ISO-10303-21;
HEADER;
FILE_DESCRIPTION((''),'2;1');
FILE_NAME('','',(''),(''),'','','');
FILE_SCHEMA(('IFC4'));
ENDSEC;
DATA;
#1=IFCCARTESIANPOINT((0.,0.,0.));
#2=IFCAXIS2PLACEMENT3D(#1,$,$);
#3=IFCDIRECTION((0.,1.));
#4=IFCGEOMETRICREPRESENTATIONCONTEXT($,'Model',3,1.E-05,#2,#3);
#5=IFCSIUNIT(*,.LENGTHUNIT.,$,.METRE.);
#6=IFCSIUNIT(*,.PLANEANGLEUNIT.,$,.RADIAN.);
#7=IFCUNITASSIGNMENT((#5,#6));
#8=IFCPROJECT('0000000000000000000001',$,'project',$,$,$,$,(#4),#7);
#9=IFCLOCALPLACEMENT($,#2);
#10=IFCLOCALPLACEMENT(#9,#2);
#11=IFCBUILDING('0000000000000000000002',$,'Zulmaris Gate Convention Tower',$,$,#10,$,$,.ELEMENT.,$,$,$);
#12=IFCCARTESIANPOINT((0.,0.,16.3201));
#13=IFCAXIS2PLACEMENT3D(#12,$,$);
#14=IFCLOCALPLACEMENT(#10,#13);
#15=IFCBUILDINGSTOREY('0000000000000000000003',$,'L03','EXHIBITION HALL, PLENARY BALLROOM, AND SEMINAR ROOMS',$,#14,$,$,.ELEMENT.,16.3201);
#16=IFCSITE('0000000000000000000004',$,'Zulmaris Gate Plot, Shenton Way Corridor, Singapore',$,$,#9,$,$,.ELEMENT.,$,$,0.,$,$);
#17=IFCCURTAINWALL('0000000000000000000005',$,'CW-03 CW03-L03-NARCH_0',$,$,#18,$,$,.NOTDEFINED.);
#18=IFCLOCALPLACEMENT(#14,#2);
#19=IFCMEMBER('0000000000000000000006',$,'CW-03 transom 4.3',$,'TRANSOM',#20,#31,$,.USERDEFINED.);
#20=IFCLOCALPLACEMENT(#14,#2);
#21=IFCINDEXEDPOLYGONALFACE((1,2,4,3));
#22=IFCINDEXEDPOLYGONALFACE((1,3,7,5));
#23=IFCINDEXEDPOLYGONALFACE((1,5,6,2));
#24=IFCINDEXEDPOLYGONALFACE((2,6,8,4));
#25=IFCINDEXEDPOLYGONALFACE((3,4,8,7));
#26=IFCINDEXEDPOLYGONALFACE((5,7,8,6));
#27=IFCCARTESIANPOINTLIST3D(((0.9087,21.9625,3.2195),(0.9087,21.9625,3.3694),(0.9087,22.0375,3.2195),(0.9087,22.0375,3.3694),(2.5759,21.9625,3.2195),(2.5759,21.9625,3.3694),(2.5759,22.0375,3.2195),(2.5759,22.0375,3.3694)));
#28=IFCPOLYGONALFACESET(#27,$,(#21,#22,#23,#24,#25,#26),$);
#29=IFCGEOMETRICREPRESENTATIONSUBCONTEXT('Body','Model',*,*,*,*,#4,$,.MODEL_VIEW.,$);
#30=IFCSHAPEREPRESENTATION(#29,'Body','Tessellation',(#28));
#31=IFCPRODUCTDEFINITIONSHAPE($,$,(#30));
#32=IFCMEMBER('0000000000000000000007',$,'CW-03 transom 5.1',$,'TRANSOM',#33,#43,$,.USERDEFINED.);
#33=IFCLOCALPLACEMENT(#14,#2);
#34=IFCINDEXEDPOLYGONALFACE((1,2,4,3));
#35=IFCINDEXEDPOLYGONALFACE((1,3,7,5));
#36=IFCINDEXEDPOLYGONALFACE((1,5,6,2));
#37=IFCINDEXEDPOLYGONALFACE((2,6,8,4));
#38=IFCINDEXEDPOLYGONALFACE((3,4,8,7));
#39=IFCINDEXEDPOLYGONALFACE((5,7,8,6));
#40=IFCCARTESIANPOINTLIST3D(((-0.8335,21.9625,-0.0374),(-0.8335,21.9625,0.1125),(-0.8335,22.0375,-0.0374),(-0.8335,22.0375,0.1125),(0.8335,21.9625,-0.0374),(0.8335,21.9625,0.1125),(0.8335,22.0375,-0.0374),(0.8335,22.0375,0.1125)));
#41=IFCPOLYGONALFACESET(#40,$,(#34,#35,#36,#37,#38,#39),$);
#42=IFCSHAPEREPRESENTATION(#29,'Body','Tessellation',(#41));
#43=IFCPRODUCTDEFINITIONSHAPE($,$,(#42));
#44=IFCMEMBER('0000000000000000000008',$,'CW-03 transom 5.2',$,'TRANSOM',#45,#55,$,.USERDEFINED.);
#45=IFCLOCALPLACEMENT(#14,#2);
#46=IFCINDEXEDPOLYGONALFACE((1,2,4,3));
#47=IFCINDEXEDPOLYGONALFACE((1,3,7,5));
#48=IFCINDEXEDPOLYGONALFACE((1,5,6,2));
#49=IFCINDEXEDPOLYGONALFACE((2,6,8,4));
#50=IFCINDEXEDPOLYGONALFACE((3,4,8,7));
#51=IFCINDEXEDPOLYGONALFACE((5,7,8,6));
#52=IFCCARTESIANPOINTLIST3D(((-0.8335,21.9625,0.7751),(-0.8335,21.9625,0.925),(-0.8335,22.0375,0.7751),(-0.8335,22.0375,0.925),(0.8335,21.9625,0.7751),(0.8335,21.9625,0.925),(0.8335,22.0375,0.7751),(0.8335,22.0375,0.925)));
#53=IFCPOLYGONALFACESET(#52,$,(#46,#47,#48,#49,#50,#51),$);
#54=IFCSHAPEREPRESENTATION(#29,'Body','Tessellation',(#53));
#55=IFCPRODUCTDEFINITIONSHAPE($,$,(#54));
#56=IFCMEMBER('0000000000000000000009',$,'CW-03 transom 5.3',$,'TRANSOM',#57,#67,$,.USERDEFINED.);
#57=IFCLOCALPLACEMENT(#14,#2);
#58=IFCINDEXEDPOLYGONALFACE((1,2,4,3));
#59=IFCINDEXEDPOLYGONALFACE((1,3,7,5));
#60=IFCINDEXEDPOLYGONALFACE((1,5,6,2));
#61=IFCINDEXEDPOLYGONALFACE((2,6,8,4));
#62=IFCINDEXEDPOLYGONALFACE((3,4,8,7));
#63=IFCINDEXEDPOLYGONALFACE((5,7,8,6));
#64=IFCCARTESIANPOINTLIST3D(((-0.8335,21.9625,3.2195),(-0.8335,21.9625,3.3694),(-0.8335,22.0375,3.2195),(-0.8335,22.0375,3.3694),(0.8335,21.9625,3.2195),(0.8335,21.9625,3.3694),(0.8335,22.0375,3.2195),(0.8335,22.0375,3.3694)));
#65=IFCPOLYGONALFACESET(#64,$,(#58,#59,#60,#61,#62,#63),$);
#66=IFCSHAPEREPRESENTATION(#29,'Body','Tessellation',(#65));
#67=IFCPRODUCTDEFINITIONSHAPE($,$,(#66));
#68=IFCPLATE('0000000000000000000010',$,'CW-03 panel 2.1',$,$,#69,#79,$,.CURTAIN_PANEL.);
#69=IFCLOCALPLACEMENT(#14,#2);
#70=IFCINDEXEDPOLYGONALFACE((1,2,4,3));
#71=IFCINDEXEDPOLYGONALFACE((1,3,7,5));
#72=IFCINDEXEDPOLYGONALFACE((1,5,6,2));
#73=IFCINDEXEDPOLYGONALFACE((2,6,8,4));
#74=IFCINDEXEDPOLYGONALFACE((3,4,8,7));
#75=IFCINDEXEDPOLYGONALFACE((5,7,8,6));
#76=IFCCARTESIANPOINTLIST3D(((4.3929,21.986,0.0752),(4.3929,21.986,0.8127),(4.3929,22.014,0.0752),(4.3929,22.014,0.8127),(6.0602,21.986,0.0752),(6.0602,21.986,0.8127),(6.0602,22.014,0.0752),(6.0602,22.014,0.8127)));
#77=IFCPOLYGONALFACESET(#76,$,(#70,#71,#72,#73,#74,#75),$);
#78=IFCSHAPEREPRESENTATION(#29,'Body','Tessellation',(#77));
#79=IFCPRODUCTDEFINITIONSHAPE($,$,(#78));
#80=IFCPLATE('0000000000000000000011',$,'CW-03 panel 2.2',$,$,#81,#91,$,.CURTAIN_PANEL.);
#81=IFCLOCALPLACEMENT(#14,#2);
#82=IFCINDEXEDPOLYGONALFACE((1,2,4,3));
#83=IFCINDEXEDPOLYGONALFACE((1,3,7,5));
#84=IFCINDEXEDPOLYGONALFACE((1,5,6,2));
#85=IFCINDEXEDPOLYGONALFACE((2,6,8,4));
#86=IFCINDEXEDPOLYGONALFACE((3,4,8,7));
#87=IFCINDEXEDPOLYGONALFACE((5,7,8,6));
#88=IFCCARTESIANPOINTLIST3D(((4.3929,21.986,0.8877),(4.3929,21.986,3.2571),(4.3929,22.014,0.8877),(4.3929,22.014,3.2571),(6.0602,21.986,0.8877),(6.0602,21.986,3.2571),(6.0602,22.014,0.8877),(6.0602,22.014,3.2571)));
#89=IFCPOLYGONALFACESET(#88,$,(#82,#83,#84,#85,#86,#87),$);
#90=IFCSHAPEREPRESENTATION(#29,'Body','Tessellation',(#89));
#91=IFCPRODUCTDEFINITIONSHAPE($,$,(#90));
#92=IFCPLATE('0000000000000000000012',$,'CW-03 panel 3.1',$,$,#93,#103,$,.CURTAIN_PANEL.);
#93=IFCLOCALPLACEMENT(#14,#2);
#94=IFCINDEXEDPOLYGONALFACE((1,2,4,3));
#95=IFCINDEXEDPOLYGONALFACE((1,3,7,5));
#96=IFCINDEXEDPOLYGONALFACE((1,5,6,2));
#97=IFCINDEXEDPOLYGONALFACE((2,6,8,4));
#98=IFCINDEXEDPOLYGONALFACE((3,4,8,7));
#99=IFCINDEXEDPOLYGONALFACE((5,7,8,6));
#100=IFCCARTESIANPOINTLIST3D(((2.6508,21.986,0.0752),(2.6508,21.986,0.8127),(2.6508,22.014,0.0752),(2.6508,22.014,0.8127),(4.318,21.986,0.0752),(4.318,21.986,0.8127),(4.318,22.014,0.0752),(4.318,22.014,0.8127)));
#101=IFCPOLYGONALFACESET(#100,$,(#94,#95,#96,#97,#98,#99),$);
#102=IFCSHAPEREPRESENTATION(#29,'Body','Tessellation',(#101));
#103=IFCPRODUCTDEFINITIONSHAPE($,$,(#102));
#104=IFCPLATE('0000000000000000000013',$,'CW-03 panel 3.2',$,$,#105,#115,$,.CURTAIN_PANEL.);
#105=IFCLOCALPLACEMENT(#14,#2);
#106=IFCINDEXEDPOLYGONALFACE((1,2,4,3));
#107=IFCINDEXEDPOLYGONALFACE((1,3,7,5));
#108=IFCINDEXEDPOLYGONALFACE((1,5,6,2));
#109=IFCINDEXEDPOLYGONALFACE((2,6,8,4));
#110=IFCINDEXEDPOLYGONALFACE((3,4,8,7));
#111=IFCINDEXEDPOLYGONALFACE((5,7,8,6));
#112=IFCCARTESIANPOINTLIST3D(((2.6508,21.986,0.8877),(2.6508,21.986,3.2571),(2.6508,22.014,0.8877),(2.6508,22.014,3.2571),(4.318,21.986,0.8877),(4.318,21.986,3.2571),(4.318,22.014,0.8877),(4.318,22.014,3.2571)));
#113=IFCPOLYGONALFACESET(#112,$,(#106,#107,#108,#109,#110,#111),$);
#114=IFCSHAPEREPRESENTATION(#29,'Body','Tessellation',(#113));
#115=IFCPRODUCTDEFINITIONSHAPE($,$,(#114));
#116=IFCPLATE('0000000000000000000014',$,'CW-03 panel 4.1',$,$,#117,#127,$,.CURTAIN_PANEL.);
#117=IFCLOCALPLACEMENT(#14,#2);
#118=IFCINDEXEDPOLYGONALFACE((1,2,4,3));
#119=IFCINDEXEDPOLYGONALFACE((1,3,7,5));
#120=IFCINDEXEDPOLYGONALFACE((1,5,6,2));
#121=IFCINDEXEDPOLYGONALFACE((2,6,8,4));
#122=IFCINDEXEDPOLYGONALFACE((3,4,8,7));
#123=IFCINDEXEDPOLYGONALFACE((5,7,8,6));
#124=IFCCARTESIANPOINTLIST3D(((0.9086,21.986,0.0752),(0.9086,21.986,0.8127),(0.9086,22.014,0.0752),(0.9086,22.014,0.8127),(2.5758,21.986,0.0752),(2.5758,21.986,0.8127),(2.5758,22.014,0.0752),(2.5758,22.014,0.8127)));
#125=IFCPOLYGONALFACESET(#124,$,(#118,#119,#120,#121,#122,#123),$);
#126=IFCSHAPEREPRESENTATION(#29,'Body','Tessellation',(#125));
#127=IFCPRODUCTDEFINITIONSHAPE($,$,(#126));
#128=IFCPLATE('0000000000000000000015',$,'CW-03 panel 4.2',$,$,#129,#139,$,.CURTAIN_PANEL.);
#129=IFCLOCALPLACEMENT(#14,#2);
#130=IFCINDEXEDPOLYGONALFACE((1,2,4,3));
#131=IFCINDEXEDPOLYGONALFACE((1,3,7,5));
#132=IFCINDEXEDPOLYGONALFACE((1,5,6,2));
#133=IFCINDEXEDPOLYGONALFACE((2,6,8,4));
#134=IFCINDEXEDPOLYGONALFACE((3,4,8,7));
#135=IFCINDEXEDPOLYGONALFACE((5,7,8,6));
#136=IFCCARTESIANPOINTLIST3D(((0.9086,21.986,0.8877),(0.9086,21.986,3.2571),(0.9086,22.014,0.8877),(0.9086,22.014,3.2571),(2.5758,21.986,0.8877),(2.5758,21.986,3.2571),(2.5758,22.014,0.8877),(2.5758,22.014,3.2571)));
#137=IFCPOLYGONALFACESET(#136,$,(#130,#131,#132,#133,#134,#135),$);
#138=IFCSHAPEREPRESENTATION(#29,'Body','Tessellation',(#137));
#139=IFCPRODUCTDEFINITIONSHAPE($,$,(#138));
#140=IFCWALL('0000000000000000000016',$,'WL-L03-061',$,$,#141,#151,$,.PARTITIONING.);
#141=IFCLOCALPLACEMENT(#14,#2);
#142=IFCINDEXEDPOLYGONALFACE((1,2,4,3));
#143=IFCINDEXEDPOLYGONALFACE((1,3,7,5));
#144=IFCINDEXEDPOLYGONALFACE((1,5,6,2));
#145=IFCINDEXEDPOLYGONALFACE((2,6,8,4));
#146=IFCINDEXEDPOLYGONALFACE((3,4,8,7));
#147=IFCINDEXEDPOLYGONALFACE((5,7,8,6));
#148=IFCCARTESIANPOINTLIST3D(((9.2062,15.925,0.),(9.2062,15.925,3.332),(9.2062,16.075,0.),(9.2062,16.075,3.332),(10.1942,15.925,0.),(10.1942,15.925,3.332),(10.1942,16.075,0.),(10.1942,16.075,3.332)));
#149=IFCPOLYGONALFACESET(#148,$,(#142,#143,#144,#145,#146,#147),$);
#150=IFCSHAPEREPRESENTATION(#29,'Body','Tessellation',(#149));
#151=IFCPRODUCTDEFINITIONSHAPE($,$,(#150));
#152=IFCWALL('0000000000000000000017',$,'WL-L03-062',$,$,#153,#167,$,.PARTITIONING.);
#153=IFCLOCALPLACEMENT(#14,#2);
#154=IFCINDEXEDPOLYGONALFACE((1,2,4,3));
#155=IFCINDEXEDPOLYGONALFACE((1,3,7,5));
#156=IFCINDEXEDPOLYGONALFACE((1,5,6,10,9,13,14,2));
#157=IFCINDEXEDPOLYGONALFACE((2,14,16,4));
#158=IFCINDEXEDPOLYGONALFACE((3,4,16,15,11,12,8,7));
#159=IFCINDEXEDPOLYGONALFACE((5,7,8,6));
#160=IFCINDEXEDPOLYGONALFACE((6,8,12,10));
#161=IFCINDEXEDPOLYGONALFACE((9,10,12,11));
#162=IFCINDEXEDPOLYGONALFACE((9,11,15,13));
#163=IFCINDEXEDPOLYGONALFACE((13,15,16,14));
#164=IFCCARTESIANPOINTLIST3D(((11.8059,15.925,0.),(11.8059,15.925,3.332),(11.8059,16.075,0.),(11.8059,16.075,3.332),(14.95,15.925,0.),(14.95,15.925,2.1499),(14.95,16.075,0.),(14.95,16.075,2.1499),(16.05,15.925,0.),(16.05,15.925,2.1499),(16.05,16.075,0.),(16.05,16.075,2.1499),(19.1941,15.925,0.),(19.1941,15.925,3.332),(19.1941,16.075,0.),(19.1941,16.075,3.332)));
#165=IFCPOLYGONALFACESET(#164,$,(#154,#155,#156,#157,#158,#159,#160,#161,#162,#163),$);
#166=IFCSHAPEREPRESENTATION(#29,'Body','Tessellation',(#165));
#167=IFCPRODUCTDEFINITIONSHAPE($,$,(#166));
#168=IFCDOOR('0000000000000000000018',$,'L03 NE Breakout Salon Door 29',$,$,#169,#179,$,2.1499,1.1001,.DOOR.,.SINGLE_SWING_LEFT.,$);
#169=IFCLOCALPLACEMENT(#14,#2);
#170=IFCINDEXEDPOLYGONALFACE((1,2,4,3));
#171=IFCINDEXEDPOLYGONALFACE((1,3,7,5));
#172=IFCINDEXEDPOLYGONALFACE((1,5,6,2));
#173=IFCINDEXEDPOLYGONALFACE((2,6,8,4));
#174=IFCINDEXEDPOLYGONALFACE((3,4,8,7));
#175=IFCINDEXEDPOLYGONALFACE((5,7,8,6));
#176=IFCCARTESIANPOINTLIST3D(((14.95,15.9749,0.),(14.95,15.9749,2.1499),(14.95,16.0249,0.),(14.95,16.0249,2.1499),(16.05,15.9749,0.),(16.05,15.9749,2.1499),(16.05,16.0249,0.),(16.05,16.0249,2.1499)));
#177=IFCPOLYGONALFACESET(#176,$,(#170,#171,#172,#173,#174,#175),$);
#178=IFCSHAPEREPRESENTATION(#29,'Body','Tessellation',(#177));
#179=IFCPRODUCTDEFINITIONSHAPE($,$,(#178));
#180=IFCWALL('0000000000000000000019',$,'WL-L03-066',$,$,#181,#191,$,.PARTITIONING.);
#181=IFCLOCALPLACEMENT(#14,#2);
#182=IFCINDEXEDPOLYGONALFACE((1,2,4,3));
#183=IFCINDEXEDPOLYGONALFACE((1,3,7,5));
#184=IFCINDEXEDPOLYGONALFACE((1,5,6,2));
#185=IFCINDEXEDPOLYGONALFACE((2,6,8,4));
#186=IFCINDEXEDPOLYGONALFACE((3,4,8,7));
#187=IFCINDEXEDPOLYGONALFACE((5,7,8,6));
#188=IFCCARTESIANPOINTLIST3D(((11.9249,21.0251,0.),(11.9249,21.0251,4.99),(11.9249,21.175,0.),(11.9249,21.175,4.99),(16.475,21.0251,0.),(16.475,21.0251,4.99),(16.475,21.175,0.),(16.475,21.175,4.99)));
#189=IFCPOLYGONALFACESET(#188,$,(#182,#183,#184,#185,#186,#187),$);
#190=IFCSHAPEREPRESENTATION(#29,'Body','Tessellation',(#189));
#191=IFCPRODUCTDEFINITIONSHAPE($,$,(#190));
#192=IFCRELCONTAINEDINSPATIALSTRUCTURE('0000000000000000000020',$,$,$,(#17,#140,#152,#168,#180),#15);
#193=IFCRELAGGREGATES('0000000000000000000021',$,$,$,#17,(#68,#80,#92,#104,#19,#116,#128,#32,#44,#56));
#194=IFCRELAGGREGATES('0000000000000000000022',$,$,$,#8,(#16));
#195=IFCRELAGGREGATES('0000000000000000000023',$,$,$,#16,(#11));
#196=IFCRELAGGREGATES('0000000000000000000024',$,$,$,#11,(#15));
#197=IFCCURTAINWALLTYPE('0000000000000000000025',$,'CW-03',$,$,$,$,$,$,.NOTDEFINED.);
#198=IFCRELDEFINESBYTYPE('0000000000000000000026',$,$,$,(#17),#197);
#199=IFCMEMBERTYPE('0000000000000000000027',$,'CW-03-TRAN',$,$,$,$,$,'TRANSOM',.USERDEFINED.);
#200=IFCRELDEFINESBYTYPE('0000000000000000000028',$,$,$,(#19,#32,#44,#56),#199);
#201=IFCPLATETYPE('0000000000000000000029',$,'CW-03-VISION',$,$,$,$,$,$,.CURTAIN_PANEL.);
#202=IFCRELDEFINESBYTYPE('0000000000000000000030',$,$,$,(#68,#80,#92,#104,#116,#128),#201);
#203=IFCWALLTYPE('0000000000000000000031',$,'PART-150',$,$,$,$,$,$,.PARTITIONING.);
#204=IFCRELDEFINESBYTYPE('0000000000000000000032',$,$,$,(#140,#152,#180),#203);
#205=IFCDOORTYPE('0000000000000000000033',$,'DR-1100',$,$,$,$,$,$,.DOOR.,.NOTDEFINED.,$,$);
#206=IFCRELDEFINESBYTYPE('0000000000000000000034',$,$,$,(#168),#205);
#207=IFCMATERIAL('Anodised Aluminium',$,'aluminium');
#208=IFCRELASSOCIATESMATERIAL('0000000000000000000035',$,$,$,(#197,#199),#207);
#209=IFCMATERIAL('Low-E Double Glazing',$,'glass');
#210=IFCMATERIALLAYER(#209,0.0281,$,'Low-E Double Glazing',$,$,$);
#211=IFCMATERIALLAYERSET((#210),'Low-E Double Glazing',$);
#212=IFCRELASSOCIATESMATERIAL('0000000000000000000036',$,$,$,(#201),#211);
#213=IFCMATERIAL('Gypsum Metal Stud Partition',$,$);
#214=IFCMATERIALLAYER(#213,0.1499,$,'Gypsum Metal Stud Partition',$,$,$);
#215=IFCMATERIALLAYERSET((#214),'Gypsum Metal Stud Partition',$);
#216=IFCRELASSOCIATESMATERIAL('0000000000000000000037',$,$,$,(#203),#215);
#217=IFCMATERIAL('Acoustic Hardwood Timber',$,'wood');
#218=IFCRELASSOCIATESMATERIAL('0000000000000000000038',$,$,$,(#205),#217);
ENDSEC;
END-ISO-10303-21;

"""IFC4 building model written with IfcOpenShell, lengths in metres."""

from ifc_helpers import new_model, si_unit, direction, frame, frame_2d, origin, origin_2d, place, context, subcontext, project, spatial, rectangle, extrude, material, layer, layer_set, material_profile, profile_set, type_object, element, fill, aggregate, save


model = new_model("IFC4")

# Units and contexts
model_context = context("Model", 3, precision=1e-05, world=origin(), true_north=direction((0.0, 1.0)))
body_context = subcontext(model_context, "Body", "Model", "MODEL_VIEW")
ifc_project = project(units=[si_unit("LENGTHUNIT", "METRE"), si_unit("PLANEANGLEUNIT", "RADIAN")], contexts=[model_context])

# Site, building, storey
site_placement = place(None, origin())
site = spatial("IfcSite", under=ifc_project, at=site_placement, Name="Zulmaris Gate Plot, Shenton Way Corridor, Singapore", CompositionType="ELEMENT", RefElevation=0.0)
building_placement = place(site_placement, origin())
building = spatial("IfcBuilding", under=site, at=building_placement, Name="Zulmaris Gate Convention Tower", CompositionType="ELEMENT")
storey_placement = place(building_placement, frame((0.0, 0.0, 16.3201)))
storey = spatial("IfcBuildingStorey", under=building, at=storey_placement, Name="L03", Description="EXHIBITION HALL, PLENARY BALLROOM, AND SEMINAR ROOMS", CompositionType="ELEMENT", Elevation=16.3201)

# Curtain wall, members, plates
ifc_material_1 = material(Name="Anodised Aluminium", Category="aluminium")
curtain_wall_type = type_object("IfcCurtainWallType", Name="CW-03", PredefinedType="NOTDEFINED", material=ifc_material_1)
curtain_wall_placement = place(storey_placement, origin())
curtain_wall = element("IfcCurtainWall", 1, at=curtain_wall_placement, inside=storey, type_object=curtain_wall_type, Name="CW-03 CW03-L03-NARCH_0", PredefinedType="NOTDEFINED")
ifc_material_profile_1 = material_profile(ifc_material_1, rectangle(XDim=0.075, YDim=0.1499, at=origin_2d()), Name="ALU TRANSOM 75x150")
ifc_profile_set_1 = profile_set([ifc_material_profile_1], Name="Anodised Aluminium")
member_type_1 = type_object("IfcMemberType", Name="CW-03-TRAN", ElementType="TRANSOM", PredefinedType="USERDEFINED", material=ifc_profile_set_1)
member_1_placement = place(storey_placement, frame((2.5759, 22.0, 3.2944), z_axis=(-1.0, 0.0, 0.0), x_axis=(0.0, -1.0, 0.0)))
member_1 = element("IfcMember", 2, at=member_1_placement, type_object=member_type_1, Name="CW-03 transom 4.3", ObjectType="TRANSOM", PredefinedType="USERDEFINED", context=body_context, shape_type="SweptSolid", body=[
    extrude(rectangle(XDim=0.075, YDim=0.1499, at=origin_2d()), origin(), (0.0, 0.0, 1.0), 1.6672),
])
member_2_placement = place(storey_placement, frame((0.8335, 22.0, 0.0376), z_axis=(-1.0, 0.0, 0.0), x_axis=(0.0, -1.0, 0.0)))
member_2 = element("IfcMember", 3, at=member_2_placement, type_object=member_type_1, Name="CW-03 transom 5.1", ObjectType="TRANSOM", PredefinedType="USERDEFINED", context=body_context, shape_type="SweptSolid", body=[
    extrude(rectangle(XDim=0.075, YDim=0.1499, at=origin_2d()), origin(), (0.0, 0.0, 1.0), 1.667),
])
member_3_placement = place(storey_placement, frame((0.8335, 22.0, 0.8501), z_axis=(-1.0, 0.0, 0.0), x_axis=(0.0, -1.0, 0.0)))
member_3 = element("IfcMember", 4, at=member_3_placement, type_object=member_type_1, Name="CW-03 transom 5.2", ObjectType="TRANSOM", PredefinedType="USERDEFINED", context=body_context, shape_type="SweptSolid", body=[
    extrude(rectangle(XDim=0.075, YDim=0.1499, at=origin_2d()), origin(), (0.0, 0.0, 1.0), 1.667),
])
member_4_placement = place(storey_placement, frame((0.8335, 22.0, 3.2944), z_axis=(-1.0, 0.0, 0.0), x_axis=(0.0, -1.0, 0.0)))
member_4 = element("IfcMember", 5, at=member_4_placement, type_object=member_type_1, Name="CW-03 transom 5.3", ObjectType="TRANSOM", PredefinedType="USERDEFINED", context=body_context, shape_type="SweptSolid", body=[
    extrude(rectangle(XDim=0.075, YDim=0.1499, at=origin_2d()), origin(), (0.0, 0.0, 1.0), 1.667),
])
ifc_material_2 = material(Name="Low-E Double Glazing", Category="glass")
ifc_layer_1 = layer(ifc_material_2, 0.0281, Name="Low-E Double Glazing")
ifc_layer_set_1 = layer_set([ifc_layer_1], Name="Low-E Double Glazing")
plate_type = type_object("IfcPlateType", Name="CW-03-VISION", PredefinedType="CURTAIN_PANEL", material=ifc_layer_set_1)
plate_1_placement = place(storey_placement, frame((5.2266, 22.0, 0.0752), z_axis=(0.0, 0.0, 1.0), x_axis=(-1.0, 0.0, 0.0)))
plate_1 = element("IfcPlate", 6, at=plate_1_placement, type_object=plate_type, Name="CW-03 panel 2.1", PredefinedType="CURTAIN_PANEL", context=body_context, shape_type="SweptSolid", body=[
    extrude(rectangle(XDim=1.6672, YDim=0.0281, at=origin_2d()), origin(), (0.0, 0.0, 1.0), 0.7375),
])
plate_2_placement = place(storey_placement, frame((5.2266, 22.0, 0.8877), z_axis=(0.0, 0.0, 1.0), x_axis=(-1.0, 0.0, 0.0)))
plate_2 = element("IfcPlate", 7, at=plate_2_placement, type_object=plate_type, Name="CW-03 panel 2.2", PredefinedType="CURTAIN_PANEL", context=body_context, shape_type="SweptSolid", body=[
    extrude(rectangle(XDim=1.6672, YDim=0.0281, at=origin_2d()), origin(), (0.0, 0.0, 1.0), 2.3694),
])
plate_3_placement = place(storey_placement, frame((3.4844, 22.0, 0.0752), z_axis=(0.0, 0.0, 1.0), x_axis=(-1.0, 0.0, 0.0)))
plate_3 = element("IfcPlate", 8, at=plate_3_placement, type_object=plate_type, Name="CW-03 panel 3.1", PredefinedType="CURTAIN_PANEL", context=body_context, shape_type="SweptSolid", body=[
    extrude(rectangle(XDim=1.6672, YDim=0.0281, at=origin_2d()), origin(), (0.0, 0.0, 1.0), 0.7375),
])
plate_4_placement = place(storey_placement, frame((3.4844, 22.0, 0.8877), z_axis=(0.0, 0.0, 1.0), x_axis=(-1.0, 0.0, 0.0)))
plate_4 = element("IfcPlate", 9, at=plate_4_placement, type_object=plate_type, Name="CW-03 panel 3.2", PredefinedType="CURTAIN_PANEL", context=body_context, shape_type="SweptSolid", body=[
    extrude(rectangle(XDim=1.6672, YDim=0.0281, at=origin_2d()), origin(), (0.0, 0.0, 1.0), 2.3694),
])
plate_5_placement = place(storey_placement, frame((1.7422, 22.0, 0.0752), z_axis=(0.0, 0.0, 1.0), x_axis=(-1.0, 0.0, 0.0)))
plate_5 = element("IfcPlate", 10, at=plate_5_placement, type_object=plate_type, Name="CW-03 panel 4.1", PredefinedType="CURTAIN_PANEL", context=body_context, shape_type="SweptSolid", body=[
    extrude(rectangle(XDim=1.6672, YDim=0.0281, at=origin_2d()), origin(), (0.0, 0.0, 1.0), 0.7375),
])
plate_6_placement = place(storey_placement, frame((1.7422, 22.0, 0.8877), z_axis=(0.0, 0.0, 1.0), x_axis=(-1.0, 0.0, 0.0)))
plate_6 = element("IfcPlate", 11, at=plate_6_placement, type_object=plate_type, Name="CW-03 panel 4.2", PredefinedType="CURTAIN_PANEL", context=body_context, shape_type="SweptSolid", body=[
    extrude(rectangle(XDim=1.6672, YDim=0.0281, at=origin_2d()), origin(), (0.0, 0.0, 1.0), 2.3694),
])
aggregate(curtain_wall, [plate_1, plate_2, plate_3, plate_4, member_1, plate_5, plate_6, member_2, member_3, member_4])

# Wall
ifc_material_3 = material(Name="Gypsum Metal Stud Partition")
ifc_layer_2 = layer(ifc_material_3, 0.1499, Name="Gypsum Metal Stud Partition")
ifc_layer_set_2 = layer_set([ifc_layer_2], Name="Gypsum Metal Stud Partition")
wall_type = type_object("IfcWallType", Name="PART-150", PredefinedType="PARTITIONING", material=ifc_layer_set_2)
wall_1_placement = place(storey_placement, frame((9.2061, 16.0, 0.0), z_axis=(0.0, 0.0, 1.0), x_axis=(1.0, 0.0, 0.0)))
element("IfcWall", 12, at=wall_1_placement, inside=storey, type_object=wall_type, Name="WL-L03-061", PredefinedType="PARTITIONING", context=body_context, shape_type="SweptSolid", body=[
    extrude(rectangle(XDim=0.988, YDim=0.1499, at=frame_2d((0.4941, 0.0))), origin(), (0.0, 0.0, 1.0), 3.332),
])

# Wall, opening, door
wall_2_placement = place(storey_placement, frame((11.8059, 16.0, 0.0), z_axis=(0.0, 0.0, 1.0), x_axis=(1.0, 0.0, 0.0)))
wall_2 = element("IfcWall", 13, at=wall_2_placement, inside=storey, type_object=wall_type, Name="WL-L03-062", PredefinedType="PARTITIONING", context=body_context, shape_type="SweptSolid", body=[
    extrude(rectangle(XDim=7.3882, YDim=0.1499, at=frame_2d((3.6941, 0.0))), origin(), (0.0, 0.0, 1.0), 3.332),
])
opening_placement = place(wall_2_placement, frame((3.144, 0.0, 0.0)))
opening = element("IfcOpeningElement", 14, at=opening_placement, cuts=wall_2, PredefinedType="OPENING", context=body_context, shape_type="SweptSolid", body=[
    extrude(rectangle(XDim=1.1001, YDim=2.1499, at=frame_2d((0.55, 1.075))), frame((0.0, 0.085, 0.0), z_axis=(0.0, -1.0, 0.0), x_axis=(1.0, 0.0, 0.0)), (0.0, 0.0, 1.0), 0.1699),
])
ifc_material_4 = material(Name="Acoustic Hardwood Timber", Category="wood")
door_type = type_object("IfcDoorType", Name="DR-1100", OperationType="NOTDEFINED", PredefinedType="DOOR", material=ifc_material_4)
door_placement = place(opening_placement, origin())
door = element("IfcDoor", 15, at=door_placement, inside=storey, type_object=door_type, Name="L03 NE Breakout Salon Door 29", OperationType="SINGLE_SWING_LEFT", OverallHeight=2.1499, OverallWidth=1.1001, PredefinedType="DOOR", context=body_context, shape_type="SweptSolid", body=[
    extrude(rectangle(XDim=1.1001, YDim=2.1499, at=frame_2d((0.55, 1.075))), frame((0.0, 0.0249, 0.0), z_axis=(0.0, -1.0, 0.0), x_axis=(1.0, 0.0, 0.0)), (0.0, 0.0, 1.0), 0.05),
])
fill(opening, door)

# Wall
wall_3_placement = place(storey_placement, frame((11.925, 21.1001, 0.0), z_axis=(0.0, 0.0, 1.0), x_axis=(1.0, 0.0, 0.0)))
element("IfcWall", 16, at=wall_3_placement, inside=storey, type_object=wall_type, Name="WL-L03-066", PredefinedType="PARTITIONING", context=body_context, shape_type="SweptSolid", body=[
    extrude(rectangle(XDim=4.55, YDim=0.1499, at=frame_2d((2.2749, 0.0))), origin(), (0.0, 0.0, 1.0), 4.99),
])

save(model, "model.ifc")
